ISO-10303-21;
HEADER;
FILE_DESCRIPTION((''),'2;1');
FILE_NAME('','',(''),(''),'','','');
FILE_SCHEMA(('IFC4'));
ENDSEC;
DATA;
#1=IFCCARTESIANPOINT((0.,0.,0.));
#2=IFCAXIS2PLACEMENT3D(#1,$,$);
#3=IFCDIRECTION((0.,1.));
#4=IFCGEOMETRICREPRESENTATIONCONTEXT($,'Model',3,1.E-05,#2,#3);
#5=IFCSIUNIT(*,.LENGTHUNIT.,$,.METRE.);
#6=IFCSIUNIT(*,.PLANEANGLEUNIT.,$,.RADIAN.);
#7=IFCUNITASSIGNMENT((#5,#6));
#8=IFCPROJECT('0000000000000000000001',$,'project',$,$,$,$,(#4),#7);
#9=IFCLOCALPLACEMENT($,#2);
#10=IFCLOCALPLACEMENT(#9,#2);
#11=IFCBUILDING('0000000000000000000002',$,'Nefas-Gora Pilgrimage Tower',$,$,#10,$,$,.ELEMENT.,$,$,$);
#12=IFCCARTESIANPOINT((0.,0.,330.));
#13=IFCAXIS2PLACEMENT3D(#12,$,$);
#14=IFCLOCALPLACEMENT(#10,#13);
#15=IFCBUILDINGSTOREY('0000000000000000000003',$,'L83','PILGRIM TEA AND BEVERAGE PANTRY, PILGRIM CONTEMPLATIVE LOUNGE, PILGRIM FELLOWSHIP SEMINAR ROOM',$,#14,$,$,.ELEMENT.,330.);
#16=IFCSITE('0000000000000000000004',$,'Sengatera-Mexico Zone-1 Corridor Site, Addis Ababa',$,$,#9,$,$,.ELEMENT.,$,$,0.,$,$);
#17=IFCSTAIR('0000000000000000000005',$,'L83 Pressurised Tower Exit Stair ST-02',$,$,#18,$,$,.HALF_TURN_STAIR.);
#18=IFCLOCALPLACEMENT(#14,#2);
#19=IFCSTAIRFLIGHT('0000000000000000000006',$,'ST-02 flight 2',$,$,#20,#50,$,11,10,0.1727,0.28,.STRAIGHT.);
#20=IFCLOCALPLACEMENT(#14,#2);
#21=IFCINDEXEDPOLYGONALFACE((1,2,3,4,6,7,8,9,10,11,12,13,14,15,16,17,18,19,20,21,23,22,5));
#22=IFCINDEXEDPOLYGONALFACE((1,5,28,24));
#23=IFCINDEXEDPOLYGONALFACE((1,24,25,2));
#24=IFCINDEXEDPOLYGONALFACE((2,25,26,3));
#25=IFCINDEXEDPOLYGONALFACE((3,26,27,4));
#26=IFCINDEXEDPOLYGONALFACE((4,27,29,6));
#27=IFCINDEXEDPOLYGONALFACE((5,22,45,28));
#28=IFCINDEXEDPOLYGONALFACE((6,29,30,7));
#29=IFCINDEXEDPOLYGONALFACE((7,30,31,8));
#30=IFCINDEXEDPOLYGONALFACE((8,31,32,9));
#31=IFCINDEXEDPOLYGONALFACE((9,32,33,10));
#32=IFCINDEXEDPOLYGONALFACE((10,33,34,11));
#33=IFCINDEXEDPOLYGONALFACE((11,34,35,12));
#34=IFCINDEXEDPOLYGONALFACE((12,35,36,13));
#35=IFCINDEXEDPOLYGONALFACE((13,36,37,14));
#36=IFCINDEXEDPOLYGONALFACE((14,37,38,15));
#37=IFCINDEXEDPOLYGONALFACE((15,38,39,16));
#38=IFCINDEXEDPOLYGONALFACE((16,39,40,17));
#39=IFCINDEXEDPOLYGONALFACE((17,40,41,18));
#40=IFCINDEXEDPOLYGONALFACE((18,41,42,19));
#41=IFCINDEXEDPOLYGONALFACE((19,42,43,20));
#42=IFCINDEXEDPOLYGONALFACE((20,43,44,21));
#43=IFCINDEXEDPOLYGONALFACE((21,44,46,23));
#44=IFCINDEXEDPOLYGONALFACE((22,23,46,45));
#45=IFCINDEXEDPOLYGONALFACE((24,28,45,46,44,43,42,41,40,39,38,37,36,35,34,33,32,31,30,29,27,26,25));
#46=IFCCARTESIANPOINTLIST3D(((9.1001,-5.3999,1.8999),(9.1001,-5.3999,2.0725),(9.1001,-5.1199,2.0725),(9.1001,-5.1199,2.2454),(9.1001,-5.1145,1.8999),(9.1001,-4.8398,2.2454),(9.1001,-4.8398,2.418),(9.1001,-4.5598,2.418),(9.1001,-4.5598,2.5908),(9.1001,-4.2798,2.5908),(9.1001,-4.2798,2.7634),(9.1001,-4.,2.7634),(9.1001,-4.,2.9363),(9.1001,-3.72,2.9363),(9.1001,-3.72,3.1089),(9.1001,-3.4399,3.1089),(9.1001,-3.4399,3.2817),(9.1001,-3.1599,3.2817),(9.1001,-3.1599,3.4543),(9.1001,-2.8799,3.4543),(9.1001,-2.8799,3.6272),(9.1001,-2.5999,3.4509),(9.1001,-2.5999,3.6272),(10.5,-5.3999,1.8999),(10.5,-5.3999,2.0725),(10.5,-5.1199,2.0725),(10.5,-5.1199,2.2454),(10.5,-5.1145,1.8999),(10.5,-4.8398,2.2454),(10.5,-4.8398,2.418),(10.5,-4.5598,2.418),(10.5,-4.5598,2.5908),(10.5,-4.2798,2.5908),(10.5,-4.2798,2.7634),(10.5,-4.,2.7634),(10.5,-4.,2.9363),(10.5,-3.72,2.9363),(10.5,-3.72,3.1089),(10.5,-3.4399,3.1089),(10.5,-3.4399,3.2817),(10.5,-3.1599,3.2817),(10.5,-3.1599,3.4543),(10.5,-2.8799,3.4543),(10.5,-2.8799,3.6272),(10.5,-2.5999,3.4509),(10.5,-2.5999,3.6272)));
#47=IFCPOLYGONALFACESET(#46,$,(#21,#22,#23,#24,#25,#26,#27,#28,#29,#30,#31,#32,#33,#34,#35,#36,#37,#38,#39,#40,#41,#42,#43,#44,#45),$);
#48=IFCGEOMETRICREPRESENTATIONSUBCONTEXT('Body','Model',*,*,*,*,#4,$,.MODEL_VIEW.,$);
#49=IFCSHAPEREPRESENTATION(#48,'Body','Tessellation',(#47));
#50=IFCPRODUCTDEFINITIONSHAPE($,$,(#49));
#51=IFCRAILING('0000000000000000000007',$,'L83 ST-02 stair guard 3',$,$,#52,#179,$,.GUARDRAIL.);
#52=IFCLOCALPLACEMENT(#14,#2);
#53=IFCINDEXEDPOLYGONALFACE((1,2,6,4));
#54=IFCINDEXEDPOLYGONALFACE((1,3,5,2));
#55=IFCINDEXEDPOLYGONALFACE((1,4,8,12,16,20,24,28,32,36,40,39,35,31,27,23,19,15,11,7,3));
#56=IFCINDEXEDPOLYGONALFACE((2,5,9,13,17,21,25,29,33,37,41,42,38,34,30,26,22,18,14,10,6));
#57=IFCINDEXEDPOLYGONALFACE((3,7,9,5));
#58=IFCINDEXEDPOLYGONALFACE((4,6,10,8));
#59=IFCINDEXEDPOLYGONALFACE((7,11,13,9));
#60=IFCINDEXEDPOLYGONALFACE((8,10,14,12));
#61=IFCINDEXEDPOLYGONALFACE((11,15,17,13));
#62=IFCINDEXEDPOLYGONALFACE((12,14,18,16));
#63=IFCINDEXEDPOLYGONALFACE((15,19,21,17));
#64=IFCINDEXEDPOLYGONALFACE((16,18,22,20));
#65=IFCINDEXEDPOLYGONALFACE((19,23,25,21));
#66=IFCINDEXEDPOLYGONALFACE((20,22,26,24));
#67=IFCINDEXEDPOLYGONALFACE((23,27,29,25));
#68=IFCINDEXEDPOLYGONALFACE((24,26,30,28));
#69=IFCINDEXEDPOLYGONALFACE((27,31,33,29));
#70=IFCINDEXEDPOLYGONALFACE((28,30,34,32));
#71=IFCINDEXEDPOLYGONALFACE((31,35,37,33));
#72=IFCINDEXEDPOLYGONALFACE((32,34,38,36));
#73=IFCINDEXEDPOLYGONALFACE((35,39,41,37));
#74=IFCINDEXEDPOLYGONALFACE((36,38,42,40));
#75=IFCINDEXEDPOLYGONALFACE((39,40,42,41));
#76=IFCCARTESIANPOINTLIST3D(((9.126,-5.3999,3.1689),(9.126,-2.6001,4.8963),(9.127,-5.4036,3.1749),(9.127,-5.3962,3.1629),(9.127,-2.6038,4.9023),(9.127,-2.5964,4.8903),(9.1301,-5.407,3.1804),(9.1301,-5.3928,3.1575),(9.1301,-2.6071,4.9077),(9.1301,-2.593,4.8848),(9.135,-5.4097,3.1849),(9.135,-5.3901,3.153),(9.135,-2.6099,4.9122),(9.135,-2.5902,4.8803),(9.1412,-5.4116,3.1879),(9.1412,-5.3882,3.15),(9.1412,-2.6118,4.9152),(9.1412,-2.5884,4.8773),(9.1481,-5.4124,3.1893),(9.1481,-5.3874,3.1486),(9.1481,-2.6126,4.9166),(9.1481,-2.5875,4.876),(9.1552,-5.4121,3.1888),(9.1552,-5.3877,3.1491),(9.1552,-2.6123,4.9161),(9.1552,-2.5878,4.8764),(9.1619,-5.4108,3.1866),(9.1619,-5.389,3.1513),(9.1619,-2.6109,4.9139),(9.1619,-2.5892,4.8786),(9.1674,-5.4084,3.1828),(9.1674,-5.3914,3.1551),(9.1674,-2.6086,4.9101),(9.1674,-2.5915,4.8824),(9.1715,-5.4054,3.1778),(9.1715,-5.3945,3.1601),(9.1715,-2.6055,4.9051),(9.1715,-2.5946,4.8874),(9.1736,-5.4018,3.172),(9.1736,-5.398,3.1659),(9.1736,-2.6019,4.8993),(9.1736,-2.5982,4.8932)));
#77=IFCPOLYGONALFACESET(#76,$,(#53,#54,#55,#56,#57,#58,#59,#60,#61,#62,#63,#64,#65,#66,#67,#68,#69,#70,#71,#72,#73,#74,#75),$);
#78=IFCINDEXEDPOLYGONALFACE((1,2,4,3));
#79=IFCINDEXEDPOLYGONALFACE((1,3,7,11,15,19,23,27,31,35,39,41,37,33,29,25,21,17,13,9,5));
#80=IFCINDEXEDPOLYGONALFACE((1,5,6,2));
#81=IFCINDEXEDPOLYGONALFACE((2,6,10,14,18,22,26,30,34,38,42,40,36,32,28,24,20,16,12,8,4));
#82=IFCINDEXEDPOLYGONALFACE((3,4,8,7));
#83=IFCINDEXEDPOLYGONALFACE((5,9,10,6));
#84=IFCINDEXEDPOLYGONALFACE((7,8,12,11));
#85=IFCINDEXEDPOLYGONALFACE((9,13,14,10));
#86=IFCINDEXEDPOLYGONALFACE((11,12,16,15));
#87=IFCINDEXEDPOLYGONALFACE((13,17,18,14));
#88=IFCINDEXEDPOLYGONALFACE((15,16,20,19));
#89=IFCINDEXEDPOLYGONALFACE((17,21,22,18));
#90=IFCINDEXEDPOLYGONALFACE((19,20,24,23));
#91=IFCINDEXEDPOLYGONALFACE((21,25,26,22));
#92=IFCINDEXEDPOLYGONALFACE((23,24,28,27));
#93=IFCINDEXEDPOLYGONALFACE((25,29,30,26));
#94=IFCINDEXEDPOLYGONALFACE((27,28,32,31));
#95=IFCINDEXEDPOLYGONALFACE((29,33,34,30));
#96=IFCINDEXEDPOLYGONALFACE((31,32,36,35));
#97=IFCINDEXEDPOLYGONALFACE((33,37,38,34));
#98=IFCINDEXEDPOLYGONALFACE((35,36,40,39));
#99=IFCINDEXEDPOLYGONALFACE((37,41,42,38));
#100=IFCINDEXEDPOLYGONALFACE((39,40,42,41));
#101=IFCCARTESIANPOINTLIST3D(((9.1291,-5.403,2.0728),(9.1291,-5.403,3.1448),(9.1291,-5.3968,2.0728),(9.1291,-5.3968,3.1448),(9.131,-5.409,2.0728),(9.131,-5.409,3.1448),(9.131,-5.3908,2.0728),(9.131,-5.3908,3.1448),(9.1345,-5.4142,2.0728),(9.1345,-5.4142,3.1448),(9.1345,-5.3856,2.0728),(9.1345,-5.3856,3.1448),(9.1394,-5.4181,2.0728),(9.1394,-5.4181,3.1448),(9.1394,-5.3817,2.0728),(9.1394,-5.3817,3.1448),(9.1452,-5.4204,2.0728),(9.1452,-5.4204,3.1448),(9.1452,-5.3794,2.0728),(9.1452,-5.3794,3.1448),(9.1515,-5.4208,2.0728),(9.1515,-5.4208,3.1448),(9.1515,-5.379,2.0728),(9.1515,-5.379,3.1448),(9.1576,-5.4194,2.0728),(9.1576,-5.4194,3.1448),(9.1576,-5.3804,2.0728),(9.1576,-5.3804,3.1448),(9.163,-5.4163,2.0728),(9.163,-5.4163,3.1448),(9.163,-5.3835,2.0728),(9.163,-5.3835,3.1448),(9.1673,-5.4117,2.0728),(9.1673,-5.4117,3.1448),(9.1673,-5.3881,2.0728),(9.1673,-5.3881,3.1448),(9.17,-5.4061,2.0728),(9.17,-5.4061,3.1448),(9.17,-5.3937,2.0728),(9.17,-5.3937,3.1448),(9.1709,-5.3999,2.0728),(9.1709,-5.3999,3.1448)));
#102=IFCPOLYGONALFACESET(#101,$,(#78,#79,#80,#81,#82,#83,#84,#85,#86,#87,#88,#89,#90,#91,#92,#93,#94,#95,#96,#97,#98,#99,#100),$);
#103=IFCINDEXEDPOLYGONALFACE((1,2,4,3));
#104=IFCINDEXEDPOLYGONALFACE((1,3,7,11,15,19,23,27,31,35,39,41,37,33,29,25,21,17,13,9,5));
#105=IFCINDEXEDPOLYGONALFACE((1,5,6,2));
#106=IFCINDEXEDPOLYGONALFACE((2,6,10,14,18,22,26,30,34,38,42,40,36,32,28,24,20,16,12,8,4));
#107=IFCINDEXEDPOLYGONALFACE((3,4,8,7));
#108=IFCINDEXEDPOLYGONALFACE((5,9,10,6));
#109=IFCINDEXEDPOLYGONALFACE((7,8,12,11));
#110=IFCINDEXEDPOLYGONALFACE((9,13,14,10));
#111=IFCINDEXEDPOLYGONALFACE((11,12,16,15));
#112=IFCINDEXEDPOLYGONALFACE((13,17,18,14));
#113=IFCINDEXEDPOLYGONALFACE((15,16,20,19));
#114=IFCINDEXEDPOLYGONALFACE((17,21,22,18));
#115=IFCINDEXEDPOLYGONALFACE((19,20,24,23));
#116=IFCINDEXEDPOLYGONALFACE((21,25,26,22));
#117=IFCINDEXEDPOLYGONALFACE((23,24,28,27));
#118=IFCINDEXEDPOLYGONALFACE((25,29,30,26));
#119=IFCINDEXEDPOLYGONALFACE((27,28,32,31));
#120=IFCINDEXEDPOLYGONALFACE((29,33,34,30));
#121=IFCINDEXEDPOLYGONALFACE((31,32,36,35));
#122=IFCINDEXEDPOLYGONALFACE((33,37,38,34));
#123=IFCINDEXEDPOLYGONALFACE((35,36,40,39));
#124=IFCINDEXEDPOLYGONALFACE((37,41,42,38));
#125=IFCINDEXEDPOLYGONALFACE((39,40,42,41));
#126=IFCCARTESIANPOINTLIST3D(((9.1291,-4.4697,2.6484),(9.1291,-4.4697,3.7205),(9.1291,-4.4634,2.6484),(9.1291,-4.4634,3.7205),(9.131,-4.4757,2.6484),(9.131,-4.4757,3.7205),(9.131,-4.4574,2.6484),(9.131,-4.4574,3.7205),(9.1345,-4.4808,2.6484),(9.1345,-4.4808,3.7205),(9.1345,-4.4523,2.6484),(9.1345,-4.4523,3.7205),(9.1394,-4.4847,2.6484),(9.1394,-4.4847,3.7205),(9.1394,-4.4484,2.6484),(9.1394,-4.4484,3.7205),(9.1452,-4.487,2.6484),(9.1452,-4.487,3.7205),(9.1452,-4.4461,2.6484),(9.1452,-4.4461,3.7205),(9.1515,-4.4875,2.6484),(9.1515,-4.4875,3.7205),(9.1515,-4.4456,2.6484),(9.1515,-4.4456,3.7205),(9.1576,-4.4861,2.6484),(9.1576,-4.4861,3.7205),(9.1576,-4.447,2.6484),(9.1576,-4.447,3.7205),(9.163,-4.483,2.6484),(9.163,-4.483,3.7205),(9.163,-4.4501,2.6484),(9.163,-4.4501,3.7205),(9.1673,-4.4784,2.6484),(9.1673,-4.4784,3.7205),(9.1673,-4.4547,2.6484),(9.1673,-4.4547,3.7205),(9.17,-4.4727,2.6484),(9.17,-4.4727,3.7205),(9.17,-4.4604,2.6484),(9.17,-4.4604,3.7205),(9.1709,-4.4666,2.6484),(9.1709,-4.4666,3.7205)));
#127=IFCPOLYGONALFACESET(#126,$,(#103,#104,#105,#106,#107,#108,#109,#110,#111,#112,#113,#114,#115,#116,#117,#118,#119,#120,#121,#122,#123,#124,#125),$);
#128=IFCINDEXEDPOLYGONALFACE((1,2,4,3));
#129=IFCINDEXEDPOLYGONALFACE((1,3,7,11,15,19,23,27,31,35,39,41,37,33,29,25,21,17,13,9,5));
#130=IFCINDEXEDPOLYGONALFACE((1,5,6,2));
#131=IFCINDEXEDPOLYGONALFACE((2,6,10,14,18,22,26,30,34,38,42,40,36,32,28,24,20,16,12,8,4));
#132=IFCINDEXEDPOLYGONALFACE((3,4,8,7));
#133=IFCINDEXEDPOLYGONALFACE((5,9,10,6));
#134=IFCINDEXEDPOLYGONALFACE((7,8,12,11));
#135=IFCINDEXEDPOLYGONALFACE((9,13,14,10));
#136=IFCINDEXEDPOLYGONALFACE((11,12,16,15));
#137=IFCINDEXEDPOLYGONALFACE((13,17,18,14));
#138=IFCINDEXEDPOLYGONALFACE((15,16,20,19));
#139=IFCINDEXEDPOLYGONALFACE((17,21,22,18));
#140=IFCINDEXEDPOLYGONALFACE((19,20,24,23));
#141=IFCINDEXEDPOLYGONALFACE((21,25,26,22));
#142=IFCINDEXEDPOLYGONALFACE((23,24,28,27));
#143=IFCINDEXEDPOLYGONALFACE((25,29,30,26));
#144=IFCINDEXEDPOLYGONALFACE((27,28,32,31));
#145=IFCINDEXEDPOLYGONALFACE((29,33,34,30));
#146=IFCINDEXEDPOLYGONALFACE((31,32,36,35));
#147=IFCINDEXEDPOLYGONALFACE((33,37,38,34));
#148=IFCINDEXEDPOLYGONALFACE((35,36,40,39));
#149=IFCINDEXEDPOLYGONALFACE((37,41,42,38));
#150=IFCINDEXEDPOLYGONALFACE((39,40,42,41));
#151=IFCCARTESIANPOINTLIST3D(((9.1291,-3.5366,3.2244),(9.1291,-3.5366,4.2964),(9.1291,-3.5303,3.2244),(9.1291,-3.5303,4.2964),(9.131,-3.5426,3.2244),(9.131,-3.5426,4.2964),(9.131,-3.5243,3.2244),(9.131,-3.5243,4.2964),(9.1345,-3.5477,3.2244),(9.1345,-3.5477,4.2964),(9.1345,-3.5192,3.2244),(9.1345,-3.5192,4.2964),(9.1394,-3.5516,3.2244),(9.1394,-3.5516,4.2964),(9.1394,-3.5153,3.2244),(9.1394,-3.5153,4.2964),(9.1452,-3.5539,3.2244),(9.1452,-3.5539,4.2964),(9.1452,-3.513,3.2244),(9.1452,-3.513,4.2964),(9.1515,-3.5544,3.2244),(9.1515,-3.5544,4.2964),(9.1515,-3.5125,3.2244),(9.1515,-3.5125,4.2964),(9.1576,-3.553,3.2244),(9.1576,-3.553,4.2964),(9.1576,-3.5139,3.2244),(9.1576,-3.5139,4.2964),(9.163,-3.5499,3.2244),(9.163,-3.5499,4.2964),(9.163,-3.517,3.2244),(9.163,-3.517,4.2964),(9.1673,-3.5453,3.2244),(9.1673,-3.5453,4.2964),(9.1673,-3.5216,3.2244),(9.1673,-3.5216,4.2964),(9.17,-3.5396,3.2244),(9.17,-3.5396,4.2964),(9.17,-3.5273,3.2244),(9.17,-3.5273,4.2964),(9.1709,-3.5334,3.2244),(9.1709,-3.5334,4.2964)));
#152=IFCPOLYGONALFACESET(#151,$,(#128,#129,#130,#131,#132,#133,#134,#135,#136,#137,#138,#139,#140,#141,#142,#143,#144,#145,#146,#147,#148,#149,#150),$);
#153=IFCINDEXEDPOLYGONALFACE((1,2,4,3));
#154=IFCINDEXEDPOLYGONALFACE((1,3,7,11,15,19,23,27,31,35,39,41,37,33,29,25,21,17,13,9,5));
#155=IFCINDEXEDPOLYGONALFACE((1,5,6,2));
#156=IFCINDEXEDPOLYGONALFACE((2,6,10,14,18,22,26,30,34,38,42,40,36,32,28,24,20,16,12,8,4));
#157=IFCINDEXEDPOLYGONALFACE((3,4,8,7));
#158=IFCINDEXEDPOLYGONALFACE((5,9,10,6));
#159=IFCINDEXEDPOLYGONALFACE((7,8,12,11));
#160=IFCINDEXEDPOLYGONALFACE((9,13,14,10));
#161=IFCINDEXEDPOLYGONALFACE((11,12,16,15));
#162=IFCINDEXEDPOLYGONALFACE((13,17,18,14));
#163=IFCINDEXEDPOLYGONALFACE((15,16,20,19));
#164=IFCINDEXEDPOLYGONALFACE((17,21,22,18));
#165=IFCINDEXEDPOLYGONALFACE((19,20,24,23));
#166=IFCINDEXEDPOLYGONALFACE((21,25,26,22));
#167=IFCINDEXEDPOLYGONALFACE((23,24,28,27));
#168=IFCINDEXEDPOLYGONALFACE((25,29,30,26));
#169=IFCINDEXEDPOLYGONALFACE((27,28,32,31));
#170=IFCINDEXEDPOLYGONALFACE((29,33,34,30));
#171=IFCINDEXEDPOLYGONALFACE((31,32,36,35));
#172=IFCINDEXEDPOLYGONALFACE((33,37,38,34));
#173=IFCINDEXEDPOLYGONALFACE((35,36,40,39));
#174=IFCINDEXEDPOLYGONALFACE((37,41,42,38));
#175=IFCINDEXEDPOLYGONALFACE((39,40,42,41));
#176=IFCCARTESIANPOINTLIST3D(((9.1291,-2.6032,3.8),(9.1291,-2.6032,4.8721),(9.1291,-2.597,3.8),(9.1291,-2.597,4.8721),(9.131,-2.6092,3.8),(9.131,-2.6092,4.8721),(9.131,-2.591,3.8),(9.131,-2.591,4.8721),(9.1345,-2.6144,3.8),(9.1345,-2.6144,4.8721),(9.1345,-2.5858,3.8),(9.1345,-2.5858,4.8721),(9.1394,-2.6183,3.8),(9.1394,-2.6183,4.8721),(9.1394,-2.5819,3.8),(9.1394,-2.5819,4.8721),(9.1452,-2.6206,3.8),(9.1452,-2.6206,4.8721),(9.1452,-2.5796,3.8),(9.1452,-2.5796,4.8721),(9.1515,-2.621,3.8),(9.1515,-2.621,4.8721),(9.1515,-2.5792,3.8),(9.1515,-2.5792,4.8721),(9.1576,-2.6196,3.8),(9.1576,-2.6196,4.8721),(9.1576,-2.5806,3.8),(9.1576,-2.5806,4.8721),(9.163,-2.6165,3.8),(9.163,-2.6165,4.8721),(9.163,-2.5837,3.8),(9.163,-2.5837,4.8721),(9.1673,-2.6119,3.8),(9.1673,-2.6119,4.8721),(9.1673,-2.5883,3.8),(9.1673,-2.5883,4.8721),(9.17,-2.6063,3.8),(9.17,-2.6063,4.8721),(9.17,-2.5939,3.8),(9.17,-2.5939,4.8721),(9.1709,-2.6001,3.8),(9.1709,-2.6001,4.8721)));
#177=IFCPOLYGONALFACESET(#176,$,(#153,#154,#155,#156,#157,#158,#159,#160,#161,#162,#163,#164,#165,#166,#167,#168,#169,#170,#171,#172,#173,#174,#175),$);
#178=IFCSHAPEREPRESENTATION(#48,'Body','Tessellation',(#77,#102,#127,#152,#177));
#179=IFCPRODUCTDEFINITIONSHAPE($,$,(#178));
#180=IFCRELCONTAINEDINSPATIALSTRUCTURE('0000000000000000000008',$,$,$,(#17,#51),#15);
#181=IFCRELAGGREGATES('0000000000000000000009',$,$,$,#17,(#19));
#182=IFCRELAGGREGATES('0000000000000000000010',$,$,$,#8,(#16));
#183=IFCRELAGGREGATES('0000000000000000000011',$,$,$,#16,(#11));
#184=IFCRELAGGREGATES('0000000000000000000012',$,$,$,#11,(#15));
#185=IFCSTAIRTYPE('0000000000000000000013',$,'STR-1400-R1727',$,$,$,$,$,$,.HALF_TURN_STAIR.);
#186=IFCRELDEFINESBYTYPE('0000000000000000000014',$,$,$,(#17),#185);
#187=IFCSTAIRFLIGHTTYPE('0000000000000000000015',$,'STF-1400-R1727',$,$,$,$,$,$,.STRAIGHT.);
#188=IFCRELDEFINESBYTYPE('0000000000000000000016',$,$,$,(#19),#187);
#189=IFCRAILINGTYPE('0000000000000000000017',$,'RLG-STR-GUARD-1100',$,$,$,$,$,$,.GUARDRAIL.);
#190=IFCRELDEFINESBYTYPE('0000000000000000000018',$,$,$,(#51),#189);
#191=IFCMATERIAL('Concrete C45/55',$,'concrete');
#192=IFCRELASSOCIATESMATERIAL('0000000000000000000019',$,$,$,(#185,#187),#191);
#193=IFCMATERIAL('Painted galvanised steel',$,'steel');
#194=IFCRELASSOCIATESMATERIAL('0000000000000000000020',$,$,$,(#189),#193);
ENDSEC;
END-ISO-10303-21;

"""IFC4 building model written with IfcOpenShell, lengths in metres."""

from ifc_helpers import new_model, si_unit, direction, frame, origin, origin_2d, place, context, subcontext, project, spatial, polyline, circle, outline, extrude, source, transform, mapped, material, type_object, element, aggregate, save


model = new_model("IFC4")

# Units and contexts
model_context = context("Model", 3, precision=1e-05, world=origin(), true_north=direction((0.0, 1.0)))
body_context = subcontext(model_context, "Body", "Model", "MODEL_VIEW")
ifc_project = project(units=[si_unit("LENGTHUNIT", "METRE"), si_unit("PLANEANGLEUNIT", "RADIAN")], contexts=[model_context])

# Site, building, storey
site_placement = place(None, origin())
site = spatial("IfcSite", under=ifc_project, at=site_placement, Name="Sengatera-Mexico Zone-1 Corridor Site, Addis Ababa", CompositionType="ELEMENT", RefElevation=0.0)
building_placement = place(site_placement, origin())
building = spatial("IfcBuilding", under=site, at=building_placement, Name="Nefas-Gora Pilgrimage Tower", CompositionType="ELEMENT")
storey_placement = place(building_placement, frame((0.0, 0.0, 330.0)))
storey = spatial("IfcBuildingStorey", under=building, at=storey_placement, Name="L83", Description="PILGRIM TEA AND BEVERAGE PANTRY, PILGRIM CONTEMPLATIVE LOUNGE, PILGRIM FELLOWSHIP SEMINAR ROOM", CompositionType="ELEMENT", Elevation=330.0)

# Shared definitions
ifc_material_1 = material(Name="Concrete C45/55", Category="concrete")

# Stair, stair flight
stair_type = type_object("IfcStairType", Name="STR-1400-R1727", PredefinedType="HALF_TURN_STAIR", material=ifc_material_1)
stair_placement = place(storey_placement, origin())
stair = element("IfcStair", 1, at=stair_placement, inside=storey, type_object=stair_type, Name="L83 Pressurised Tower Exit Stair ST-02", PredefinedType="HALF_TURN_STAIR")
stair_flight_type = type_object("IfcStairFlightType", Name="STF-1400-R1727", PredefinedType="STRAIGHT", material=ifc_material_1)
shared_shape_1 = source(origin(), body_context, "Body", "SweptSolid", [
    extrude(outline(polyline([(0.0, 0.0), (0.0, 0.1726), (0.28, 0.1726), (0.28, 0.3455), (0.5601, 0.3455), (0.5601, 0.5181), (0.8401, 0.5181), (0.8401, 0.6909), (1.1201, 0.6909), (1.1201, 0.8635), (1.3999, 0.8635), (1.3999, 1.0364), (1.6799, 1.0364), (1.6799, 1.209), (1.96, 1.209), (1.96, 1.3818), (2.24, 1.3818), (2.24, 1.5544), (2.52, 1.5544), (2.52, 1.7273), (2.8, 1.7273), (2.8, 1.8999), (2.8, 1.551), (0.2854, 0.0), (0.0, 0.0)])), frame((0.0, 0.7, 0.0), z_axis=(0.0, -1.0, 0.0), x_axis=(1.0, 0.0, 0.0)), (0.0, 0.0, 1.0), 1.3999),
])
stair_flight_placement = place(storey_placement, frame((9.8, -5.3999, 1.8999), z_axis=(0.0, 0.0, 1.0), x_axis=(0.0, 1.0, 0.0)))
stair_flight = element("IfcStairFlight", 2, at=stair_flight_placement, type_object=stair_flight_type, Name="ST-02 flight 2", NumberOfRisers=11, NumberOfTreads=10, PredefinedType="STRAIGHT", RiserHeight=0.1727, TreadLength=0.28, context=body_context, shape_type="MappedRepresentation", body=[
    mapped(shared_shape_1, transform((0.0, 0.0, 0.0), x_axis=(1.0, 0.0, 0.0), y_axis=(0.0, 1.0, 0.0), z_axis=(0.0, 0.0, 1.0), scale=1.0)),
])
aggregate(stair, [stair_flight])

# Railing
ifc_material_2 = material(Name="Painted galvanised steel", Category="steel")
railing_type_1 = type_object("IfcRailingType", Name="RLG-STR-GUARD-1100", PredefinedType="GUARDRAIL", material=ifc_material_2)
railing_1_placement = place(storey_placement, frame((9.1499, -5.3999, 2.0728)))
element("IfcRailing", 3, at=railing_1_placement, inside=storey, type_object=railing_type_1, Name="L83 ST-02 stair guard 3", PredefinedType="GUARDRAIL", context=body_context, shape_type="SweptSolid", body=[
    extrude(circle(Radius=0.0239, at=origin_2d()), frame((0.0, 0.0, 1.0962), z_axis=(0.0, 0.851069, 0.525054), x_axis=(-1.0, 0.0, 0.0)), (0.0, 0.0, 1.0), 3.2898),
    extrude(circle(Radius=0.021, at=origin_2d()), origin(), (0.0, 0.0, 1.0), 1.072),
    extrude(circle(Radius=0.021, at=origin_2d()), frame((0.0, 0.9333, 0.5757)), (0.0, 0.0, 1.0), 1.072),
    extrude(circle(Radius=0.021, at=origin_2d()), frame((0.0, 1.8665, 1.1516)), (0.0, 0.0, 1.0), 1.072),
    extrude(circle(Radius=0.021, at=origin_2d()), frame((0.0, 2.7998, 1.7273)), (0.0, 0.0, 1.0), 1.072),
])

save(model, "model.ifc")
